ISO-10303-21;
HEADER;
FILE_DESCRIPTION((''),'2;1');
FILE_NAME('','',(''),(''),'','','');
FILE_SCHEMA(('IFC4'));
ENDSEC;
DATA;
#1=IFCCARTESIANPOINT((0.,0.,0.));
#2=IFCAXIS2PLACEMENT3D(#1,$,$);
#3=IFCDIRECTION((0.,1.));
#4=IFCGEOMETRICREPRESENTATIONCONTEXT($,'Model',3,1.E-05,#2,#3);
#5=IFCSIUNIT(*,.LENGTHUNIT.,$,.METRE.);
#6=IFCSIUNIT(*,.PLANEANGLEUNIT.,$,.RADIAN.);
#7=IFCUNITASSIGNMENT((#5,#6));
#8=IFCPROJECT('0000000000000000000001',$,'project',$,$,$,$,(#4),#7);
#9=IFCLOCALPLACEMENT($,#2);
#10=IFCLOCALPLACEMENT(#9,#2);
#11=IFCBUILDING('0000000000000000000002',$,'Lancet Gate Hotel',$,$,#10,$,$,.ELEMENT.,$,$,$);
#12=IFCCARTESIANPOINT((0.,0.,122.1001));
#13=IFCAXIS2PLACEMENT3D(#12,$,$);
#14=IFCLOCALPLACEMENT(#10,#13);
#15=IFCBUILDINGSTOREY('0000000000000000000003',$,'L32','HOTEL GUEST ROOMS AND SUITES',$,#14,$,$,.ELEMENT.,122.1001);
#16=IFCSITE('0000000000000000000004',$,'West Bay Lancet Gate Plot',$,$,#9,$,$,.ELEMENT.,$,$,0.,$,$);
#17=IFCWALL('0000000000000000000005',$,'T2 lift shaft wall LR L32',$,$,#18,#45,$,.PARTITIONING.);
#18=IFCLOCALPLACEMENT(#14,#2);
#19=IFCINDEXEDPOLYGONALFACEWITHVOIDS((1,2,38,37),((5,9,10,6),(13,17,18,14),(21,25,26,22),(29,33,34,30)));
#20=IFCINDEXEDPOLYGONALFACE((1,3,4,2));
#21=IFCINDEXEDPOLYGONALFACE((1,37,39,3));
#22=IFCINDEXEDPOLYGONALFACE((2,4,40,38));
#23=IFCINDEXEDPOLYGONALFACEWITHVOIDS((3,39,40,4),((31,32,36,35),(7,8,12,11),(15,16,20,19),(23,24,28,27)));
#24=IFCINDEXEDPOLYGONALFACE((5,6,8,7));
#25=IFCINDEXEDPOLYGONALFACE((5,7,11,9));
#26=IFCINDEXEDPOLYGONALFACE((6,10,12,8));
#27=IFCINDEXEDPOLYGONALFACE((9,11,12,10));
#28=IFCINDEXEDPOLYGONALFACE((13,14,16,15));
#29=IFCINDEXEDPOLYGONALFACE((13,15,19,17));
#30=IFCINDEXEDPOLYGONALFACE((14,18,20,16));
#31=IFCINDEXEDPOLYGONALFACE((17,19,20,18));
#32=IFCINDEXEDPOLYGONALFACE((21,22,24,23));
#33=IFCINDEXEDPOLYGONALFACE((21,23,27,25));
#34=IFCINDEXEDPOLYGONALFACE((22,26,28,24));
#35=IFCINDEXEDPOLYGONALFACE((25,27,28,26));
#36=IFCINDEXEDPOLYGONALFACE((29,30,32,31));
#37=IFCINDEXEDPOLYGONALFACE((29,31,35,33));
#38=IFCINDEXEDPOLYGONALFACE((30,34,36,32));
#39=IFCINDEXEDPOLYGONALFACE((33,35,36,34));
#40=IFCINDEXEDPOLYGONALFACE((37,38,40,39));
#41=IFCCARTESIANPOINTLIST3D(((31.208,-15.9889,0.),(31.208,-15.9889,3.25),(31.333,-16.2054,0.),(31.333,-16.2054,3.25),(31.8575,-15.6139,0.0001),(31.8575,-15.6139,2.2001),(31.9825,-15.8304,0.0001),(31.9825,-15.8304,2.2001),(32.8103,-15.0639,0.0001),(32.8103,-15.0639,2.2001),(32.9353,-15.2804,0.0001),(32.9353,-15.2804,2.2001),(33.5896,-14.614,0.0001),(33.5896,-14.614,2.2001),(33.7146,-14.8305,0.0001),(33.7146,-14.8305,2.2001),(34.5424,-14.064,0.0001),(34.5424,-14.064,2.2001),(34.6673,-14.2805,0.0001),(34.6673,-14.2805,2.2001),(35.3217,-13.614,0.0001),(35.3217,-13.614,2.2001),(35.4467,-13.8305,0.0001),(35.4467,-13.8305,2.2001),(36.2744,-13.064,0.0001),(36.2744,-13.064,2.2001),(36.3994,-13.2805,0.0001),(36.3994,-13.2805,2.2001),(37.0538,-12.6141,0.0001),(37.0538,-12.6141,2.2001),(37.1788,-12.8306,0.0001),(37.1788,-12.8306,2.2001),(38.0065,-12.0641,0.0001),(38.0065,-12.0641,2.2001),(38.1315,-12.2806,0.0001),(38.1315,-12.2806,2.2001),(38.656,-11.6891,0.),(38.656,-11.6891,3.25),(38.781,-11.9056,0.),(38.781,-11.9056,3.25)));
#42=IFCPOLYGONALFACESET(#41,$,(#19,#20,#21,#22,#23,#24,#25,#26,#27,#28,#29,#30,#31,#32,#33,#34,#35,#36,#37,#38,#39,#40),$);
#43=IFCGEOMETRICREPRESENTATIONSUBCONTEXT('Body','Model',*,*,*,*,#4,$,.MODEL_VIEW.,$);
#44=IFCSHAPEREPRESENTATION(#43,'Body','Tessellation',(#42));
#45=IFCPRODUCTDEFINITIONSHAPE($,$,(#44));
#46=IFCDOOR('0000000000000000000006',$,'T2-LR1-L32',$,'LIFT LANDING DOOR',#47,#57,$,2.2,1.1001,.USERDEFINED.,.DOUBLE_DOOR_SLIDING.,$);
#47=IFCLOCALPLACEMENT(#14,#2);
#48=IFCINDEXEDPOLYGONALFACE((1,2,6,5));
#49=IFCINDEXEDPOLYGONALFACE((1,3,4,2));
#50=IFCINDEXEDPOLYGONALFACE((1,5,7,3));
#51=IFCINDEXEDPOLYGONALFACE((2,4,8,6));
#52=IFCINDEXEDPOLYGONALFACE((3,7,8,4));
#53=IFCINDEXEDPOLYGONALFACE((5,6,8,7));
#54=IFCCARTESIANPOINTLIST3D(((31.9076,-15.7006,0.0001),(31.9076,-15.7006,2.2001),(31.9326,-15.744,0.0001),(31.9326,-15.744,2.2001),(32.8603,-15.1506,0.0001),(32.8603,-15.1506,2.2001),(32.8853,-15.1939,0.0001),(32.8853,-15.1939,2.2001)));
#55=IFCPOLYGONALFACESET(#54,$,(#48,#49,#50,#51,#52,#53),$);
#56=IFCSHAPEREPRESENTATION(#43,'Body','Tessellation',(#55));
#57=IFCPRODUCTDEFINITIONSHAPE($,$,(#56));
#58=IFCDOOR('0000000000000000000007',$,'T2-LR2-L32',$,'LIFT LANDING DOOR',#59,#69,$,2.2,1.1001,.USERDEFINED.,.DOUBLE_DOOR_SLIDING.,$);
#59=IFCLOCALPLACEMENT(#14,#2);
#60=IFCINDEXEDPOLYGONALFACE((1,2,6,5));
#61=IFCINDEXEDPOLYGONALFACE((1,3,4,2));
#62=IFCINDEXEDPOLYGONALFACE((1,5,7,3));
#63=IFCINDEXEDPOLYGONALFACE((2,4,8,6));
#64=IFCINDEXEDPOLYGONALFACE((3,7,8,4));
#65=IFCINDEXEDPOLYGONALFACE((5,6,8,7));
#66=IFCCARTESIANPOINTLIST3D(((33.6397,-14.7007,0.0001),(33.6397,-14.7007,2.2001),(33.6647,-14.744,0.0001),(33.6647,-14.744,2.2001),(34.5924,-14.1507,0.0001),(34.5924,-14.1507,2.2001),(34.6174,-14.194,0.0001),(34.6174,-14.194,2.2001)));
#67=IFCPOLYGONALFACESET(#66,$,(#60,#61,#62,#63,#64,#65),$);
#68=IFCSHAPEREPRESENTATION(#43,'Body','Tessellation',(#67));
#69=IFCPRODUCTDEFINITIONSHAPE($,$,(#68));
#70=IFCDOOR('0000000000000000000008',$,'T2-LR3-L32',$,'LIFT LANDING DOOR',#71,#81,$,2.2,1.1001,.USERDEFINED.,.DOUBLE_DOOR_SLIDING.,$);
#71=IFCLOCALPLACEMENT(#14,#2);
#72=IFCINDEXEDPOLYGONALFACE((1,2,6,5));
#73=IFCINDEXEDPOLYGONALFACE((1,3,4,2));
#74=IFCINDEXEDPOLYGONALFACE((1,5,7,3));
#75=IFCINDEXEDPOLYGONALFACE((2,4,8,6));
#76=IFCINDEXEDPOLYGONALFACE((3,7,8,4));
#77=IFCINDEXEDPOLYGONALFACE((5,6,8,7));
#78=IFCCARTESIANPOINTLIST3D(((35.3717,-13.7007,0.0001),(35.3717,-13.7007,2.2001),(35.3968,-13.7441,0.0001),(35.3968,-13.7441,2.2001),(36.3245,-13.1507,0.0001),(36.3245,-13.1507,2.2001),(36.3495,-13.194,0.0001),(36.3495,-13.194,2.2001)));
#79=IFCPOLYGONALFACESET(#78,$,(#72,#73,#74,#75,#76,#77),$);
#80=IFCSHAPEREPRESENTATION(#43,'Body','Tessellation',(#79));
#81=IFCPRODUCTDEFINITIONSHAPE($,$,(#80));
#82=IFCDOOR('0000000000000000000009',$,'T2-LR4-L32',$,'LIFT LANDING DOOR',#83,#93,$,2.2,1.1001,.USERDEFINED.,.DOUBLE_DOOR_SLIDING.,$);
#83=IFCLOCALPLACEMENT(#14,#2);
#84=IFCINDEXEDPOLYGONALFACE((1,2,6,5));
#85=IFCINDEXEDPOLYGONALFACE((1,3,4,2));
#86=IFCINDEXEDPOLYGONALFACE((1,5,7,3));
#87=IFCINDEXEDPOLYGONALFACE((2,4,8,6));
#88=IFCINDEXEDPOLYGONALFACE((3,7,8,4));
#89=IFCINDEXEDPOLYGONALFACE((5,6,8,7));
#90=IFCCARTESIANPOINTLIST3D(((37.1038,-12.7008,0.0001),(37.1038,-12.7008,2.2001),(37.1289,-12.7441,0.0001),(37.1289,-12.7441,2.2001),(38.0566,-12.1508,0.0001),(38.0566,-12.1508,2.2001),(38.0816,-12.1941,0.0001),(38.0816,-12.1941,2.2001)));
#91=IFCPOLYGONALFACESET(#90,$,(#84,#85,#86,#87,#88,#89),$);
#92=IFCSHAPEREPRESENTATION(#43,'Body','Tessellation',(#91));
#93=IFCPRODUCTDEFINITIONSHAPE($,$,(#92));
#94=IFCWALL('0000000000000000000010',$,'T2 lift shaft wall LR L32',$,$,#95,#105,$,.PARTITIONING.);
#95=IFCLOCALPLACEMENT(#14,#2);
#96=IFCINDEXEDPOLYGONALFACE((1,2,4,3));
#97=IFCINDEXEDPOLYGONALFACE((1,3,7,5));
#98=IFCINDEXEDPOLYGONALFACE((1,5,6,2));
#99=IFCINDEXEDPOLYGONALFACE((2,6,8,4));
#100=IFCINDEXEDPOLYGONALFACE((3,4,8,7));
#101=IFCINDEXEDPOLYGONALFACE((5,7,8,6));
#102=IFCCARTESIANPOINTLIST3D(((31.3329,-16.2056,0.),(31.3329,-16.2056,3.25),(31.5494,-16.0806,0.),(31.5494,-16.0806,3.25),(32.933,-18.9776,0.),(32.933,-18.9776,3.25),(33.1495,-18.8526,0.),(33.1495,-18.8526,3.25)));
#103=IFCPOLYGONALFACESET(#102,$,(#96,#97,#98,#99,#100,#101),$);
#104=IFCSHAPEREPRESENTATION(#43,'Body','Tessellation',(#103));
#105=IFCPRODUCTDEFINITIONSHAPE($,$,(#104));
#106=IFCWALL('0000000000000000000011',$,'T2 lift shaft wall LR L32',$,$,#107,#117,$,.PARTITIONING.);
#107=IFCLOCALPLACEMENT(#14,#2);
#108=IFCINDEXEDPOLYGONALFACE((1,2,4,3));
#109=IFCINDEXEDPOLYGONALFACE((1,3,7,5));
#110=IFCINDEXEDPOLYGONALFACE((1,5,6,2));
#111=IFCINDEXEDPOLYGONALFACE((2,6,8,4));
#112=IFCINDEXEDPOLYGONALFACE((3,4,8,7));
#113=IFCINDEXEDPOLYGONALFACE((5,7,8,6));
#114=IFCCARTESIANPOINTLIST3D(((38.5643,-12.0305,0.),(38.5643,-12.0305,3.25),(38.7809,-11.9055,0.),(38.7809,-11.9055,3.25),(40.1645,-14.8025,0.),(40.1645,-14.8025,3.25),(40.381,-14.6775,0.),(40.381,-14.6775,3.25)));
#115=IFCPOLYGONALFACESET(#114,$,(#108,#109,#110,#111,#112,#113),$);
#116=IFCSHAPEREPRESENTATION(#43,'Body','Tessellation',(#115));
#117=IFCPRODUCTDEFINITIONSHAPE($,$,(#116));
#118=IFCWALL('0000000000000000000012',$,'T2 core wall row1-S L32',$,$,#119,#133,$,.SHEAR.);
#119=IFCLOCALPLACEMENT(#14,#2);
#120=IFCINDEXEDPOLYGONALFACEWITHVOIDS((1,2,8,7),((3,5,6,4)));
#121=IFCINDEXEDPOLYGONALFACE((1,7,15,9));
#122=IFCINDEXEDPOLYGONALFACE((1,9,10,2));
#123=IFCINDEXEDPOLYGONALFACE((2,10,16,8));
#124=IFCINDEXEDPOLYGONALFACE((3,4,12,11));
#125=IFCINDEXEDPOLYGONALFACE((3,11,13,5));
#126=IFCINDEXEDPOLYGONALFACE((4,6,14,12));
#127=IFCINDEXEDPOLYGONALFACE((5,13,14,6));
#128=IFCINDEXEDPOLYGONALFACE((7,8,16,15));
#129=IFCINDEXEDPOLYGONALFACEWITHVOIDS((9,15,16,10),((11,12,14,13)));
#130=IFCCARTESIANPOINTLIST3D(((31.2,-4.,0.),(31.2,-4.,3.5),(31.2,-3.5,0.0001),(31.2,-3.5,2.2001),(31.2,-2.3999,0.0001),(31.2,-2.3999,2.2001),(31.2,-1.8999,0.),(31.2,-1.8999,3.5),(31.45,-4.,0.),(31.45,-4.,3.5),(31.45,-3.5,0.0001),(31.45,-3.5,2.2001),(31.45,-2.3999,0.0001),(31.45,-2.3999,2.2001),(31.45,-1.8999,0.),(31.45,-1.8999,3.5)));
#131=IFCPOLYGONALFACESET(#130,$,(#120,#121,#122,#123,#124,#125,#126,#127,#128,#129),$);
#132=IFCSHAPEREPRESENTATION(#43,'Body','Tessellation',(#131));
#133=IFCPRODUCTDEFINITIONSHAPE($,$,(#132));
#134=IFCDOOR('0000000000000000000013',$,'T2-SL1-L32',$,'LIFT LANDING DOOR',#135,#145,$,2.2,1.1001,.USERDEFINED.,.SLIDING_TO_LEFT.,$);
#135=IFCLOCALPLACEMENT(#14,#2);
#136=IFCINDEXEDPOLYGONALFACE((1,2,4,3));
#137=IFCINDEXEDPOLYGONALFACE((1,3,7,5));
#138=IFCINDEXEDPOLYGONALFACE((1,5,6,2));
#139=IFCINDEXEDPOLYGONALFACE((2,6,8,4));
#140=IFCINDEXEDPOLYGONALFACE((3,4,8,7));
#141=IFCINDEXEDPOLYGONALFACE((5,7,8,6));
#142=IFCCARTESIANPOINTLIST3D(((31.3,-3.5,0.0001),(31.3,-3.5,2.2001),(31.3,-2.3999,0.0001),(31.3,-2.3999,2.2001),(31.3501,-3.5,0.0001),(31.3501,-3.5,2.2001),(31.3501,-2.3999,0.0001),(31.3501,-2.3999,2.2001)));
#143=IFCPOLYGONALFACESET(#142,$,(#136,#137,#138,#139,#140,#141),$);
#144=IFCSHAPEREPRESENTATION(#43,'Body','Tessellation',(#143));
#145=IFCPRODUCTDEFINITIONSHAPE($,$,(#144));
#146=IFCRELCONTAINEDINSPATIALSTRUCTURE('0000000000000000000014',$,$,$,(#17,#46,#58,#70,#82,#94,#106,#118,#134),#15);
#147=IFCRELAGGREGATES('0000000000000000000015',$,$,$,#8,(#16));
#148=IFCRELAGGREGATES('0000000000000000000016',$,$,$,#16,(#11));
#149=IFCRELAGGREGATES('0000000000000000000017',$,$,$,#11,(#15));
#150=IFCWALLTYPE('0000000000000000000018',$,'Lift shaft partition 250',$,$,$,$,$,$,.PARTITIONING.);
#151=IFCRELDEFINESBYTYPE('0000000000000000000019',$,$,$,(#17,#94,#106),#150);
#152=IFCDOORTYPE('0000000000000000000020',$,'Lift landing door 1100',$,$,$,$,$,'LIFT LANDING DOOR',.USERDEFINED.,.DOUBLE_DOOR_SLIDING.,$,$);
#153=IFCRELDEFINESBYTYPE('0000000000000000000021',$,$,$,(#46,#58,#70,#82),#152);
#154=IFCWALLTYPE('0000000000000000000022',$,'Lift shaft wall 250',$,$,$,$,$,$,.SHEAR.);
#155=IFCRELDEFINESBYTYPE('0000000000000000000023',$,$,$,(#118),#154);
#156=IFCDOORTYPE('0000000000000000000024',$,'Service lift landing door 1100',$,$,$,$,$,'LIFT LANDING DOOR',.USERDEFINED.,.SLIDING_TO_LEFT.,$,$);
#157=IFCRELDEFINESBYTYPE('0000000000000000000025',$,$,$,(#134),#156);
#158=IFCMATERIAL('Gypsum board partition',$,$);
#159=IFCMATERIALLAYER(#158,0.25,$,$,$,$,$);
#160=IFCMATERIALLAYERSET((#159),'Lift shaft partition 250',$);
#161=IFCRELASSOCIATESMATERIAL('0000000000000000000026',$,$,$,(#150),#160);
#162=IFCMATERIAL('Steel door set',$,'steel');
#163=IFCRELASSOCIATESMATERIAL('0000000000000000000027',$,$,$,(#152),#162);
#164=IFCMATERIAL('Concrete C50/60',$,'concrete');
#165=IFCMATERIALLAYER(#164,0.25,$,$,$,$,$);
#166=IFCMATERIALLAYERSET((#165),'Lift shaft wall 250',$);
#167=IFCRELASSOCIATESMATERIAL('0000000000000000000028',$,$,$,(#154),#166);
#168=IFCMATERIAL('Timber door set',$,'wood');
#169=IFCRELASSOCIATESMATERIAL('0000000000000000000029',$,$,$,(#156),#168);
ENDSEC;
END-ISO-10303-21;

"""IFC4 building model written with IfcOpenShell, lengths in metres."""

from ifc_helpers import new_model, si_unit, direction, frame, frame_2d, origin, place, context, subcontext, project, spatial, rectangle, extrude, material, layer, layer_set, type_object, element, fill, save


model = new_model("IFC4")

# Units and contexts
model_context = context("Model", 3, precision=1e-05, world=origin(), true_north=direction((0.0, 1.0)))
body_context = subcontext(model_context, "Body", "Model", "MODEL_VIEW")
ifc_project = project(units=[si_unit("LENGTHUNIT", "METRE"), si_unit("PLANEANGLEUNIT", "RADIAN")], contexts=[model_context])

# Site, building, storey
site_placement = place(None, origin())
site = spatial("IfcSite", under=ifc_project, at=site_placement, Name="West Bay Lancet Gate Plot", CompositionType="ELEMENT", RefElevation=0.0)
building_placement = place(site_placement, origin())
building = spatial("IfcBuilding", under=site, at=building_placement, Name="Lancet Gate Hotel", CompositionType="ELEMENT")
storey_placement = place(building_placement, frame((0.0, 0.0, 122.1001)))
storey = spatial("IfcBuildingStorey", under=building, at=storey_placement, Name="L32", Description="HOTEL GUEST ROOMS AND SUITES", CompositionType="ELEMENT", Elevation=122.1001)

# Wall, openings, doors
ifc_material_1 = material(Name="Gypsum board partition")
ifc_layer_1 = layer(ifc_material_1, 0.25)
ifc_layer_set_1 = layer_set([ifc_layer_1], Name="Lift shaft partition 250")
wall_type_1 = type_object("IfcWallType", Name="Lift shaft partition 250", PredefinedType="PARTITIONING", material=ifc_layer_set_1)
wall_1_placement = place(storey_placement, frame((31.2705, -16.0972, 0.0), z_axis=(0.0, 0.0, 1.0), x_axis=(0.86604, 0.499974, 0.0)))
wall_1 = element("IfcWall", 1, at=wall_1_placement, inside=storey, type_object=wall_type_1, Name="T2 lift shaft wall LR L32", PredefinedType="PARTITIONING", context=body_context, shape_type="SweptSolid", body=[
    extrude(rectangle(XDim=8.6001, YDim=0.25, at=frame_2d((4.3, 0.0))), origin(), (0.0, 0.0, 1.0), 3.25),
])
opening_1_placement = place(wall_1_placement, frame((0.75, 0.0, 0.0)))
opening_1 = element("IfcOpeningElement", 2, at=opening_1_placement, cuts=wall_1, PredefinedType="OPENING", context=body_context, shape_type="SweptSolid", body=[
    extrude(rectangle(XDim=1.1001, YDim=2.2, at=frame_2d((0.55, 1.1001))), frame((0.0, 0.135, 0.0), z_axis=(0.0, -1.0, 0.0), x_axis=(1.0, 0.0, 0.0)), (0.0, 0.0, 1.0), 0.27),
])
opening_2_placement = place(wall_1_placement, frame((2.75, 0.0, 0.0)))
opening_2 = element("IfcOpeningElement", 3, at=opening_2_placement, cuts=wall_1, PredefinedType="OPENING", context=body_context, shape_type="SweptSolid", body=[
    extrude(rectangle(XDim=1.1001, YDim=2.2, at=frame_2d((0.55, 1.1001))), frame((0.0, 0.135, 0.0), z_axis=(0.0, -1.0, 0.0), x_axis=(1.0, 0.0, 0.0)), (0.0, 0.0, 1.0), 0.27),
])
opening_3_placement = place(wall_1_placement, frame((4.75, 0.0, 0.0)))
opening_3 = element("IfcOpeningElement", 4, at=opening_3_placement, cuts=wall_1, PredefinedType="OPENING", context=body_context, shape_type="SweptSolid", body=[
    extrude(rectangle(XDim=1.1001, YDim=2.2, at=frame_2d((0.55, 1.1001))), frame((0.0, 0.135, 0.0), z_axis=(0.0, -1.0, 0.0), x_axis=(1.0, 0.0, 0.0)), (0.0, 0.0, 1.0), 0.27),
])
opening_4_placement = place(wall_1_placement, frame((6.75, 0.0, 0.0)))
opening_4 = element("IfcOpeningElement", 5, at=opening_4_placement, cuts=wall_1, PredefinedType="OPENING", context=body_context, shape_type="SweptSolid", body=[
    extrude(rectangle(XDim=1.1001, YDim=2.2, at=frame_2d((0.55, 1.1001))), frame((0.0, 0.135, 0.0), z_axis=(0.0, -1.0, 0.0), x_axis=(1.0, 0.0, 0.0)), (0.0, 0.0, 1.0), 0.27),
])
ifc_material_2 = material(Name="Steel door set", Category="steel")
door_type_1 = type_object("IfcDoorType", Name="Lift landing door 1100", ElementType="LIFT LANDING DOOR", OperationType="DOUBLE_DOOR_SLIDING", PredefinedType="USERDEFINED", material=ifc_material_2)
door_1_placement = place(opening_1_placement, origin())
door_1 = element("IfcDoor", 6, at=door_1_placement, inside=storey, type_object=door_type_1, Name="T2-LR1-L32", ObjectType="LIFT LANDING DOOR", OperationType="DOUBLE_DOOR_SLIDING", OverallHeight=2.2, OverallWidth=1.1001, PredefinedType="USERDEFINED", context=body_context, shape_type="SweptSolid", body=[
    extrude(rectangle(XDim=1.1001, YDim=2.2, at=frame_2d((0.55, 1.1001))), frame((0.0, 0.0249, 0.0), z_axis=(0.0, -1.0, 0.0), x_axis=(1.0, 0.0, 0.0)), (0.0, 0.0, 1.0), 0.05),
])
fill(opening_1, door_1)
door_2_placement = place(opening_2_placement, origin())
door_2 = element("IfcDoor", 7, at=door_2_placement, inside=storey, type_object=door_type_1, Name="T2-LR2-L32", ObjectType="LIFT LANDING DOOR", OperationType="DOUBLE_DOOR_SLIDING", OverallHeight=2.2, OverallWidth=1.1001, PredefinedType="USERDEFINED", context=body_context, shape_type="SweptSolid", body=[
    extrude(rectangle(XDim=1.1001, YDim=2.2, at=frame_2d((0.55, 1.1001))), frame((0.0, 0.0249, 0.0), z_axis=(0.0, -1.0, 0.0), x_axis=(1.0, 0.0, 0.0)), (0.0, 0.0, 1.0), 0.05),
])
fill(opening_2, door_2)
door_3_placement = place(opening_3_placement, origin())
door_3 = element("IfcDoor", 8, at=door_3_placement, inside=storey, type_object=door_type_1, Name="T2-LR3-L32", ObjectType="LIFT LANDING DOOR", OperationType="DOUBLE_DOOR_SLIDING", OverallHeight=2.2, OverallWidth=1.1001, PredefinedType="USERDEFINED", context=body_context, shape_type="SweptSolid", body=[
    extrude(rectangle(XDim=1.1001, YDim=2.2, at=frame_2d((0.55, 1.1001))), frame((0.0, 0.0249, 0.0), z_axis=(0.0, -1.0, 0.0), x_axis=(1.0, 0.0, 0.0)), (0.0, 0.0, 1.0), 0.05),
])
fill(opening_3, door_3)
door_4_placement = place(opening_4_placement, origin())
door_4 = element("IfcDoor", 9, at=door_4_placement, inside=storey, type_object=door_type_1, Name="T2-LR4-L32", ObjectType="LIFT LANDING DOOR", OperationType="DOUBLE_DOOR_SLIDING", OverallHeight=2.2, OverallWidth=1.1001, PredefinedType="USERDEFINED", context=body_context, shape_type="SweptSolid", body=[
    extrude(rectangle(XDim=1.1001, YDim=2.2, at=frame_2d((0.55, 1.1001))), frame((0.0, 0.0249, 0.0), z_axis=(0.0, -1.0, 0.0), x_axis=(1.0, 0.0, 0.0)), (0.0, 0.0, 1.0), 0.05),
])
fill(opening_4, door_4)

# Walls
for number, where, z_axis, x_axis, name in (
    (10, (31.4412, -16.1431, 0.0), (0.0, 0.0, 1.0), (0.499929, -0.866066, 0.0), "T2 lift shaft wall LR L32"),
    (11, (38.6726, -11.968, 0.0), (0.0, 0.0, 1.0), (0.499929, -0.866066, 0.0), "T2 lift shaft wall LR L32"),
):
    element("IfcWall", number, at=place(storey_placement, frame(where, z_axis=z_axis, x_axis=x_axis)), inside=storey, type_object=wall_type_1, Name=name, PredefinedType="PARTITIONING", context=body_context, shape_type="SweptSolid", body=[
        extrude(rectangle(XDim=3.2007, YDim=0.25, at=frame_2d((1.6003, 0.0))), origin(), (0.0, 0.0, 1.0), 3.25),
    ])

# Wall, opening, door
ifc_material_3 = material(Name="Concrete C50/60", Category="concrete")
ifc_layer_2 = layer(ifc_material_3, 0.25)
ifc_layer_set_2 = layer_set([ifc_layer_2], Name="Lift shaft wall 250")
wall_type_2 = type_object("IfcWallType", Name="Lift shaft wall 250", PredefinedType="SHEAR", material=ifc_layer_set_2)
wall_2_placement = place(storey_placement, frame((31.325, -4.0, 0.0), z_axis=(0.0, 0.0, 1.0), x_axis=(0.0, 1.0, 0.0)))
wall_2 = element("IfcWall", 12, at=wall_2_placement, inside=storey, type_object=wall_type_2, Name="T2 core wall row1-S L32", PredefinedType="SHEAR", context=body_context, shape_type="SweptSolid", body=[
    extrude(rectangle(XDim=2.1001, YDim=0.25, at=frame_2d((1.05, 0.0))), origin(), (0.0, 0.0, 1.0), 3.5),
])
opening_5_placement = place(wall_2_placement, frame((0.5, 0.0, 0.0)))
opening_5 = element("IfcOpeningElement", 13, at=opening_5_placement, cuts=wall_2, PredefinedType="OPENING", context=body_context, shape_type="SweptSolid", body=[
    extrude(rectangle(XDim=1.1001, YDim=2.2, at=frame_2d((0.55, 1.1001))), frame((0.0, 0.135, 0.0), z_axis=(0.0, -1.0, 0.0), x_axis=(1.0, 0.0, 0.0)), (0.0, 0.0, 1.0), 0.27),
])
ifc_material_4 = material(Name="Timber door set", Category="wood")
door_type_2 = type_object("IfcDoorType", Name="Service lift landing door 1100", ElementType="LIFT LANDING DOOR", OperationType="SLIDING_TO_LEFT", PredefinedType="USERDEFINED", material=ifc_material_4)
door_5_placement = place(opening_5_placement, origin())
door_5 = element("IfcDoor", 14, at=door_5_placement, inside=storey, type_object=door_type_2, Name="T2-SL1-L32", ObjectType="LIFT LANDING DOOR", OperationType="SLIDING_TO_LEFT", OverallHeight=2.2, OverallWidth=1.1001, PredefinedType="USERDEFINED", context=body_context, shape_type="SweptSolid", body=[
    extrude(rectangle(XDim=1.1001, YDim=2.2, at=frame_2d((0.55, 1.1001))), frame((0.0, 0.0249, 0.0), z_axis=(0.0, -1.0, 0.0), x_axis=(1.0, 0.0, 0.0)), (0.0, 0.0, 1.0), 0.05),
])
fill(opening_5, door_5)

save(model, "model.ifc")
